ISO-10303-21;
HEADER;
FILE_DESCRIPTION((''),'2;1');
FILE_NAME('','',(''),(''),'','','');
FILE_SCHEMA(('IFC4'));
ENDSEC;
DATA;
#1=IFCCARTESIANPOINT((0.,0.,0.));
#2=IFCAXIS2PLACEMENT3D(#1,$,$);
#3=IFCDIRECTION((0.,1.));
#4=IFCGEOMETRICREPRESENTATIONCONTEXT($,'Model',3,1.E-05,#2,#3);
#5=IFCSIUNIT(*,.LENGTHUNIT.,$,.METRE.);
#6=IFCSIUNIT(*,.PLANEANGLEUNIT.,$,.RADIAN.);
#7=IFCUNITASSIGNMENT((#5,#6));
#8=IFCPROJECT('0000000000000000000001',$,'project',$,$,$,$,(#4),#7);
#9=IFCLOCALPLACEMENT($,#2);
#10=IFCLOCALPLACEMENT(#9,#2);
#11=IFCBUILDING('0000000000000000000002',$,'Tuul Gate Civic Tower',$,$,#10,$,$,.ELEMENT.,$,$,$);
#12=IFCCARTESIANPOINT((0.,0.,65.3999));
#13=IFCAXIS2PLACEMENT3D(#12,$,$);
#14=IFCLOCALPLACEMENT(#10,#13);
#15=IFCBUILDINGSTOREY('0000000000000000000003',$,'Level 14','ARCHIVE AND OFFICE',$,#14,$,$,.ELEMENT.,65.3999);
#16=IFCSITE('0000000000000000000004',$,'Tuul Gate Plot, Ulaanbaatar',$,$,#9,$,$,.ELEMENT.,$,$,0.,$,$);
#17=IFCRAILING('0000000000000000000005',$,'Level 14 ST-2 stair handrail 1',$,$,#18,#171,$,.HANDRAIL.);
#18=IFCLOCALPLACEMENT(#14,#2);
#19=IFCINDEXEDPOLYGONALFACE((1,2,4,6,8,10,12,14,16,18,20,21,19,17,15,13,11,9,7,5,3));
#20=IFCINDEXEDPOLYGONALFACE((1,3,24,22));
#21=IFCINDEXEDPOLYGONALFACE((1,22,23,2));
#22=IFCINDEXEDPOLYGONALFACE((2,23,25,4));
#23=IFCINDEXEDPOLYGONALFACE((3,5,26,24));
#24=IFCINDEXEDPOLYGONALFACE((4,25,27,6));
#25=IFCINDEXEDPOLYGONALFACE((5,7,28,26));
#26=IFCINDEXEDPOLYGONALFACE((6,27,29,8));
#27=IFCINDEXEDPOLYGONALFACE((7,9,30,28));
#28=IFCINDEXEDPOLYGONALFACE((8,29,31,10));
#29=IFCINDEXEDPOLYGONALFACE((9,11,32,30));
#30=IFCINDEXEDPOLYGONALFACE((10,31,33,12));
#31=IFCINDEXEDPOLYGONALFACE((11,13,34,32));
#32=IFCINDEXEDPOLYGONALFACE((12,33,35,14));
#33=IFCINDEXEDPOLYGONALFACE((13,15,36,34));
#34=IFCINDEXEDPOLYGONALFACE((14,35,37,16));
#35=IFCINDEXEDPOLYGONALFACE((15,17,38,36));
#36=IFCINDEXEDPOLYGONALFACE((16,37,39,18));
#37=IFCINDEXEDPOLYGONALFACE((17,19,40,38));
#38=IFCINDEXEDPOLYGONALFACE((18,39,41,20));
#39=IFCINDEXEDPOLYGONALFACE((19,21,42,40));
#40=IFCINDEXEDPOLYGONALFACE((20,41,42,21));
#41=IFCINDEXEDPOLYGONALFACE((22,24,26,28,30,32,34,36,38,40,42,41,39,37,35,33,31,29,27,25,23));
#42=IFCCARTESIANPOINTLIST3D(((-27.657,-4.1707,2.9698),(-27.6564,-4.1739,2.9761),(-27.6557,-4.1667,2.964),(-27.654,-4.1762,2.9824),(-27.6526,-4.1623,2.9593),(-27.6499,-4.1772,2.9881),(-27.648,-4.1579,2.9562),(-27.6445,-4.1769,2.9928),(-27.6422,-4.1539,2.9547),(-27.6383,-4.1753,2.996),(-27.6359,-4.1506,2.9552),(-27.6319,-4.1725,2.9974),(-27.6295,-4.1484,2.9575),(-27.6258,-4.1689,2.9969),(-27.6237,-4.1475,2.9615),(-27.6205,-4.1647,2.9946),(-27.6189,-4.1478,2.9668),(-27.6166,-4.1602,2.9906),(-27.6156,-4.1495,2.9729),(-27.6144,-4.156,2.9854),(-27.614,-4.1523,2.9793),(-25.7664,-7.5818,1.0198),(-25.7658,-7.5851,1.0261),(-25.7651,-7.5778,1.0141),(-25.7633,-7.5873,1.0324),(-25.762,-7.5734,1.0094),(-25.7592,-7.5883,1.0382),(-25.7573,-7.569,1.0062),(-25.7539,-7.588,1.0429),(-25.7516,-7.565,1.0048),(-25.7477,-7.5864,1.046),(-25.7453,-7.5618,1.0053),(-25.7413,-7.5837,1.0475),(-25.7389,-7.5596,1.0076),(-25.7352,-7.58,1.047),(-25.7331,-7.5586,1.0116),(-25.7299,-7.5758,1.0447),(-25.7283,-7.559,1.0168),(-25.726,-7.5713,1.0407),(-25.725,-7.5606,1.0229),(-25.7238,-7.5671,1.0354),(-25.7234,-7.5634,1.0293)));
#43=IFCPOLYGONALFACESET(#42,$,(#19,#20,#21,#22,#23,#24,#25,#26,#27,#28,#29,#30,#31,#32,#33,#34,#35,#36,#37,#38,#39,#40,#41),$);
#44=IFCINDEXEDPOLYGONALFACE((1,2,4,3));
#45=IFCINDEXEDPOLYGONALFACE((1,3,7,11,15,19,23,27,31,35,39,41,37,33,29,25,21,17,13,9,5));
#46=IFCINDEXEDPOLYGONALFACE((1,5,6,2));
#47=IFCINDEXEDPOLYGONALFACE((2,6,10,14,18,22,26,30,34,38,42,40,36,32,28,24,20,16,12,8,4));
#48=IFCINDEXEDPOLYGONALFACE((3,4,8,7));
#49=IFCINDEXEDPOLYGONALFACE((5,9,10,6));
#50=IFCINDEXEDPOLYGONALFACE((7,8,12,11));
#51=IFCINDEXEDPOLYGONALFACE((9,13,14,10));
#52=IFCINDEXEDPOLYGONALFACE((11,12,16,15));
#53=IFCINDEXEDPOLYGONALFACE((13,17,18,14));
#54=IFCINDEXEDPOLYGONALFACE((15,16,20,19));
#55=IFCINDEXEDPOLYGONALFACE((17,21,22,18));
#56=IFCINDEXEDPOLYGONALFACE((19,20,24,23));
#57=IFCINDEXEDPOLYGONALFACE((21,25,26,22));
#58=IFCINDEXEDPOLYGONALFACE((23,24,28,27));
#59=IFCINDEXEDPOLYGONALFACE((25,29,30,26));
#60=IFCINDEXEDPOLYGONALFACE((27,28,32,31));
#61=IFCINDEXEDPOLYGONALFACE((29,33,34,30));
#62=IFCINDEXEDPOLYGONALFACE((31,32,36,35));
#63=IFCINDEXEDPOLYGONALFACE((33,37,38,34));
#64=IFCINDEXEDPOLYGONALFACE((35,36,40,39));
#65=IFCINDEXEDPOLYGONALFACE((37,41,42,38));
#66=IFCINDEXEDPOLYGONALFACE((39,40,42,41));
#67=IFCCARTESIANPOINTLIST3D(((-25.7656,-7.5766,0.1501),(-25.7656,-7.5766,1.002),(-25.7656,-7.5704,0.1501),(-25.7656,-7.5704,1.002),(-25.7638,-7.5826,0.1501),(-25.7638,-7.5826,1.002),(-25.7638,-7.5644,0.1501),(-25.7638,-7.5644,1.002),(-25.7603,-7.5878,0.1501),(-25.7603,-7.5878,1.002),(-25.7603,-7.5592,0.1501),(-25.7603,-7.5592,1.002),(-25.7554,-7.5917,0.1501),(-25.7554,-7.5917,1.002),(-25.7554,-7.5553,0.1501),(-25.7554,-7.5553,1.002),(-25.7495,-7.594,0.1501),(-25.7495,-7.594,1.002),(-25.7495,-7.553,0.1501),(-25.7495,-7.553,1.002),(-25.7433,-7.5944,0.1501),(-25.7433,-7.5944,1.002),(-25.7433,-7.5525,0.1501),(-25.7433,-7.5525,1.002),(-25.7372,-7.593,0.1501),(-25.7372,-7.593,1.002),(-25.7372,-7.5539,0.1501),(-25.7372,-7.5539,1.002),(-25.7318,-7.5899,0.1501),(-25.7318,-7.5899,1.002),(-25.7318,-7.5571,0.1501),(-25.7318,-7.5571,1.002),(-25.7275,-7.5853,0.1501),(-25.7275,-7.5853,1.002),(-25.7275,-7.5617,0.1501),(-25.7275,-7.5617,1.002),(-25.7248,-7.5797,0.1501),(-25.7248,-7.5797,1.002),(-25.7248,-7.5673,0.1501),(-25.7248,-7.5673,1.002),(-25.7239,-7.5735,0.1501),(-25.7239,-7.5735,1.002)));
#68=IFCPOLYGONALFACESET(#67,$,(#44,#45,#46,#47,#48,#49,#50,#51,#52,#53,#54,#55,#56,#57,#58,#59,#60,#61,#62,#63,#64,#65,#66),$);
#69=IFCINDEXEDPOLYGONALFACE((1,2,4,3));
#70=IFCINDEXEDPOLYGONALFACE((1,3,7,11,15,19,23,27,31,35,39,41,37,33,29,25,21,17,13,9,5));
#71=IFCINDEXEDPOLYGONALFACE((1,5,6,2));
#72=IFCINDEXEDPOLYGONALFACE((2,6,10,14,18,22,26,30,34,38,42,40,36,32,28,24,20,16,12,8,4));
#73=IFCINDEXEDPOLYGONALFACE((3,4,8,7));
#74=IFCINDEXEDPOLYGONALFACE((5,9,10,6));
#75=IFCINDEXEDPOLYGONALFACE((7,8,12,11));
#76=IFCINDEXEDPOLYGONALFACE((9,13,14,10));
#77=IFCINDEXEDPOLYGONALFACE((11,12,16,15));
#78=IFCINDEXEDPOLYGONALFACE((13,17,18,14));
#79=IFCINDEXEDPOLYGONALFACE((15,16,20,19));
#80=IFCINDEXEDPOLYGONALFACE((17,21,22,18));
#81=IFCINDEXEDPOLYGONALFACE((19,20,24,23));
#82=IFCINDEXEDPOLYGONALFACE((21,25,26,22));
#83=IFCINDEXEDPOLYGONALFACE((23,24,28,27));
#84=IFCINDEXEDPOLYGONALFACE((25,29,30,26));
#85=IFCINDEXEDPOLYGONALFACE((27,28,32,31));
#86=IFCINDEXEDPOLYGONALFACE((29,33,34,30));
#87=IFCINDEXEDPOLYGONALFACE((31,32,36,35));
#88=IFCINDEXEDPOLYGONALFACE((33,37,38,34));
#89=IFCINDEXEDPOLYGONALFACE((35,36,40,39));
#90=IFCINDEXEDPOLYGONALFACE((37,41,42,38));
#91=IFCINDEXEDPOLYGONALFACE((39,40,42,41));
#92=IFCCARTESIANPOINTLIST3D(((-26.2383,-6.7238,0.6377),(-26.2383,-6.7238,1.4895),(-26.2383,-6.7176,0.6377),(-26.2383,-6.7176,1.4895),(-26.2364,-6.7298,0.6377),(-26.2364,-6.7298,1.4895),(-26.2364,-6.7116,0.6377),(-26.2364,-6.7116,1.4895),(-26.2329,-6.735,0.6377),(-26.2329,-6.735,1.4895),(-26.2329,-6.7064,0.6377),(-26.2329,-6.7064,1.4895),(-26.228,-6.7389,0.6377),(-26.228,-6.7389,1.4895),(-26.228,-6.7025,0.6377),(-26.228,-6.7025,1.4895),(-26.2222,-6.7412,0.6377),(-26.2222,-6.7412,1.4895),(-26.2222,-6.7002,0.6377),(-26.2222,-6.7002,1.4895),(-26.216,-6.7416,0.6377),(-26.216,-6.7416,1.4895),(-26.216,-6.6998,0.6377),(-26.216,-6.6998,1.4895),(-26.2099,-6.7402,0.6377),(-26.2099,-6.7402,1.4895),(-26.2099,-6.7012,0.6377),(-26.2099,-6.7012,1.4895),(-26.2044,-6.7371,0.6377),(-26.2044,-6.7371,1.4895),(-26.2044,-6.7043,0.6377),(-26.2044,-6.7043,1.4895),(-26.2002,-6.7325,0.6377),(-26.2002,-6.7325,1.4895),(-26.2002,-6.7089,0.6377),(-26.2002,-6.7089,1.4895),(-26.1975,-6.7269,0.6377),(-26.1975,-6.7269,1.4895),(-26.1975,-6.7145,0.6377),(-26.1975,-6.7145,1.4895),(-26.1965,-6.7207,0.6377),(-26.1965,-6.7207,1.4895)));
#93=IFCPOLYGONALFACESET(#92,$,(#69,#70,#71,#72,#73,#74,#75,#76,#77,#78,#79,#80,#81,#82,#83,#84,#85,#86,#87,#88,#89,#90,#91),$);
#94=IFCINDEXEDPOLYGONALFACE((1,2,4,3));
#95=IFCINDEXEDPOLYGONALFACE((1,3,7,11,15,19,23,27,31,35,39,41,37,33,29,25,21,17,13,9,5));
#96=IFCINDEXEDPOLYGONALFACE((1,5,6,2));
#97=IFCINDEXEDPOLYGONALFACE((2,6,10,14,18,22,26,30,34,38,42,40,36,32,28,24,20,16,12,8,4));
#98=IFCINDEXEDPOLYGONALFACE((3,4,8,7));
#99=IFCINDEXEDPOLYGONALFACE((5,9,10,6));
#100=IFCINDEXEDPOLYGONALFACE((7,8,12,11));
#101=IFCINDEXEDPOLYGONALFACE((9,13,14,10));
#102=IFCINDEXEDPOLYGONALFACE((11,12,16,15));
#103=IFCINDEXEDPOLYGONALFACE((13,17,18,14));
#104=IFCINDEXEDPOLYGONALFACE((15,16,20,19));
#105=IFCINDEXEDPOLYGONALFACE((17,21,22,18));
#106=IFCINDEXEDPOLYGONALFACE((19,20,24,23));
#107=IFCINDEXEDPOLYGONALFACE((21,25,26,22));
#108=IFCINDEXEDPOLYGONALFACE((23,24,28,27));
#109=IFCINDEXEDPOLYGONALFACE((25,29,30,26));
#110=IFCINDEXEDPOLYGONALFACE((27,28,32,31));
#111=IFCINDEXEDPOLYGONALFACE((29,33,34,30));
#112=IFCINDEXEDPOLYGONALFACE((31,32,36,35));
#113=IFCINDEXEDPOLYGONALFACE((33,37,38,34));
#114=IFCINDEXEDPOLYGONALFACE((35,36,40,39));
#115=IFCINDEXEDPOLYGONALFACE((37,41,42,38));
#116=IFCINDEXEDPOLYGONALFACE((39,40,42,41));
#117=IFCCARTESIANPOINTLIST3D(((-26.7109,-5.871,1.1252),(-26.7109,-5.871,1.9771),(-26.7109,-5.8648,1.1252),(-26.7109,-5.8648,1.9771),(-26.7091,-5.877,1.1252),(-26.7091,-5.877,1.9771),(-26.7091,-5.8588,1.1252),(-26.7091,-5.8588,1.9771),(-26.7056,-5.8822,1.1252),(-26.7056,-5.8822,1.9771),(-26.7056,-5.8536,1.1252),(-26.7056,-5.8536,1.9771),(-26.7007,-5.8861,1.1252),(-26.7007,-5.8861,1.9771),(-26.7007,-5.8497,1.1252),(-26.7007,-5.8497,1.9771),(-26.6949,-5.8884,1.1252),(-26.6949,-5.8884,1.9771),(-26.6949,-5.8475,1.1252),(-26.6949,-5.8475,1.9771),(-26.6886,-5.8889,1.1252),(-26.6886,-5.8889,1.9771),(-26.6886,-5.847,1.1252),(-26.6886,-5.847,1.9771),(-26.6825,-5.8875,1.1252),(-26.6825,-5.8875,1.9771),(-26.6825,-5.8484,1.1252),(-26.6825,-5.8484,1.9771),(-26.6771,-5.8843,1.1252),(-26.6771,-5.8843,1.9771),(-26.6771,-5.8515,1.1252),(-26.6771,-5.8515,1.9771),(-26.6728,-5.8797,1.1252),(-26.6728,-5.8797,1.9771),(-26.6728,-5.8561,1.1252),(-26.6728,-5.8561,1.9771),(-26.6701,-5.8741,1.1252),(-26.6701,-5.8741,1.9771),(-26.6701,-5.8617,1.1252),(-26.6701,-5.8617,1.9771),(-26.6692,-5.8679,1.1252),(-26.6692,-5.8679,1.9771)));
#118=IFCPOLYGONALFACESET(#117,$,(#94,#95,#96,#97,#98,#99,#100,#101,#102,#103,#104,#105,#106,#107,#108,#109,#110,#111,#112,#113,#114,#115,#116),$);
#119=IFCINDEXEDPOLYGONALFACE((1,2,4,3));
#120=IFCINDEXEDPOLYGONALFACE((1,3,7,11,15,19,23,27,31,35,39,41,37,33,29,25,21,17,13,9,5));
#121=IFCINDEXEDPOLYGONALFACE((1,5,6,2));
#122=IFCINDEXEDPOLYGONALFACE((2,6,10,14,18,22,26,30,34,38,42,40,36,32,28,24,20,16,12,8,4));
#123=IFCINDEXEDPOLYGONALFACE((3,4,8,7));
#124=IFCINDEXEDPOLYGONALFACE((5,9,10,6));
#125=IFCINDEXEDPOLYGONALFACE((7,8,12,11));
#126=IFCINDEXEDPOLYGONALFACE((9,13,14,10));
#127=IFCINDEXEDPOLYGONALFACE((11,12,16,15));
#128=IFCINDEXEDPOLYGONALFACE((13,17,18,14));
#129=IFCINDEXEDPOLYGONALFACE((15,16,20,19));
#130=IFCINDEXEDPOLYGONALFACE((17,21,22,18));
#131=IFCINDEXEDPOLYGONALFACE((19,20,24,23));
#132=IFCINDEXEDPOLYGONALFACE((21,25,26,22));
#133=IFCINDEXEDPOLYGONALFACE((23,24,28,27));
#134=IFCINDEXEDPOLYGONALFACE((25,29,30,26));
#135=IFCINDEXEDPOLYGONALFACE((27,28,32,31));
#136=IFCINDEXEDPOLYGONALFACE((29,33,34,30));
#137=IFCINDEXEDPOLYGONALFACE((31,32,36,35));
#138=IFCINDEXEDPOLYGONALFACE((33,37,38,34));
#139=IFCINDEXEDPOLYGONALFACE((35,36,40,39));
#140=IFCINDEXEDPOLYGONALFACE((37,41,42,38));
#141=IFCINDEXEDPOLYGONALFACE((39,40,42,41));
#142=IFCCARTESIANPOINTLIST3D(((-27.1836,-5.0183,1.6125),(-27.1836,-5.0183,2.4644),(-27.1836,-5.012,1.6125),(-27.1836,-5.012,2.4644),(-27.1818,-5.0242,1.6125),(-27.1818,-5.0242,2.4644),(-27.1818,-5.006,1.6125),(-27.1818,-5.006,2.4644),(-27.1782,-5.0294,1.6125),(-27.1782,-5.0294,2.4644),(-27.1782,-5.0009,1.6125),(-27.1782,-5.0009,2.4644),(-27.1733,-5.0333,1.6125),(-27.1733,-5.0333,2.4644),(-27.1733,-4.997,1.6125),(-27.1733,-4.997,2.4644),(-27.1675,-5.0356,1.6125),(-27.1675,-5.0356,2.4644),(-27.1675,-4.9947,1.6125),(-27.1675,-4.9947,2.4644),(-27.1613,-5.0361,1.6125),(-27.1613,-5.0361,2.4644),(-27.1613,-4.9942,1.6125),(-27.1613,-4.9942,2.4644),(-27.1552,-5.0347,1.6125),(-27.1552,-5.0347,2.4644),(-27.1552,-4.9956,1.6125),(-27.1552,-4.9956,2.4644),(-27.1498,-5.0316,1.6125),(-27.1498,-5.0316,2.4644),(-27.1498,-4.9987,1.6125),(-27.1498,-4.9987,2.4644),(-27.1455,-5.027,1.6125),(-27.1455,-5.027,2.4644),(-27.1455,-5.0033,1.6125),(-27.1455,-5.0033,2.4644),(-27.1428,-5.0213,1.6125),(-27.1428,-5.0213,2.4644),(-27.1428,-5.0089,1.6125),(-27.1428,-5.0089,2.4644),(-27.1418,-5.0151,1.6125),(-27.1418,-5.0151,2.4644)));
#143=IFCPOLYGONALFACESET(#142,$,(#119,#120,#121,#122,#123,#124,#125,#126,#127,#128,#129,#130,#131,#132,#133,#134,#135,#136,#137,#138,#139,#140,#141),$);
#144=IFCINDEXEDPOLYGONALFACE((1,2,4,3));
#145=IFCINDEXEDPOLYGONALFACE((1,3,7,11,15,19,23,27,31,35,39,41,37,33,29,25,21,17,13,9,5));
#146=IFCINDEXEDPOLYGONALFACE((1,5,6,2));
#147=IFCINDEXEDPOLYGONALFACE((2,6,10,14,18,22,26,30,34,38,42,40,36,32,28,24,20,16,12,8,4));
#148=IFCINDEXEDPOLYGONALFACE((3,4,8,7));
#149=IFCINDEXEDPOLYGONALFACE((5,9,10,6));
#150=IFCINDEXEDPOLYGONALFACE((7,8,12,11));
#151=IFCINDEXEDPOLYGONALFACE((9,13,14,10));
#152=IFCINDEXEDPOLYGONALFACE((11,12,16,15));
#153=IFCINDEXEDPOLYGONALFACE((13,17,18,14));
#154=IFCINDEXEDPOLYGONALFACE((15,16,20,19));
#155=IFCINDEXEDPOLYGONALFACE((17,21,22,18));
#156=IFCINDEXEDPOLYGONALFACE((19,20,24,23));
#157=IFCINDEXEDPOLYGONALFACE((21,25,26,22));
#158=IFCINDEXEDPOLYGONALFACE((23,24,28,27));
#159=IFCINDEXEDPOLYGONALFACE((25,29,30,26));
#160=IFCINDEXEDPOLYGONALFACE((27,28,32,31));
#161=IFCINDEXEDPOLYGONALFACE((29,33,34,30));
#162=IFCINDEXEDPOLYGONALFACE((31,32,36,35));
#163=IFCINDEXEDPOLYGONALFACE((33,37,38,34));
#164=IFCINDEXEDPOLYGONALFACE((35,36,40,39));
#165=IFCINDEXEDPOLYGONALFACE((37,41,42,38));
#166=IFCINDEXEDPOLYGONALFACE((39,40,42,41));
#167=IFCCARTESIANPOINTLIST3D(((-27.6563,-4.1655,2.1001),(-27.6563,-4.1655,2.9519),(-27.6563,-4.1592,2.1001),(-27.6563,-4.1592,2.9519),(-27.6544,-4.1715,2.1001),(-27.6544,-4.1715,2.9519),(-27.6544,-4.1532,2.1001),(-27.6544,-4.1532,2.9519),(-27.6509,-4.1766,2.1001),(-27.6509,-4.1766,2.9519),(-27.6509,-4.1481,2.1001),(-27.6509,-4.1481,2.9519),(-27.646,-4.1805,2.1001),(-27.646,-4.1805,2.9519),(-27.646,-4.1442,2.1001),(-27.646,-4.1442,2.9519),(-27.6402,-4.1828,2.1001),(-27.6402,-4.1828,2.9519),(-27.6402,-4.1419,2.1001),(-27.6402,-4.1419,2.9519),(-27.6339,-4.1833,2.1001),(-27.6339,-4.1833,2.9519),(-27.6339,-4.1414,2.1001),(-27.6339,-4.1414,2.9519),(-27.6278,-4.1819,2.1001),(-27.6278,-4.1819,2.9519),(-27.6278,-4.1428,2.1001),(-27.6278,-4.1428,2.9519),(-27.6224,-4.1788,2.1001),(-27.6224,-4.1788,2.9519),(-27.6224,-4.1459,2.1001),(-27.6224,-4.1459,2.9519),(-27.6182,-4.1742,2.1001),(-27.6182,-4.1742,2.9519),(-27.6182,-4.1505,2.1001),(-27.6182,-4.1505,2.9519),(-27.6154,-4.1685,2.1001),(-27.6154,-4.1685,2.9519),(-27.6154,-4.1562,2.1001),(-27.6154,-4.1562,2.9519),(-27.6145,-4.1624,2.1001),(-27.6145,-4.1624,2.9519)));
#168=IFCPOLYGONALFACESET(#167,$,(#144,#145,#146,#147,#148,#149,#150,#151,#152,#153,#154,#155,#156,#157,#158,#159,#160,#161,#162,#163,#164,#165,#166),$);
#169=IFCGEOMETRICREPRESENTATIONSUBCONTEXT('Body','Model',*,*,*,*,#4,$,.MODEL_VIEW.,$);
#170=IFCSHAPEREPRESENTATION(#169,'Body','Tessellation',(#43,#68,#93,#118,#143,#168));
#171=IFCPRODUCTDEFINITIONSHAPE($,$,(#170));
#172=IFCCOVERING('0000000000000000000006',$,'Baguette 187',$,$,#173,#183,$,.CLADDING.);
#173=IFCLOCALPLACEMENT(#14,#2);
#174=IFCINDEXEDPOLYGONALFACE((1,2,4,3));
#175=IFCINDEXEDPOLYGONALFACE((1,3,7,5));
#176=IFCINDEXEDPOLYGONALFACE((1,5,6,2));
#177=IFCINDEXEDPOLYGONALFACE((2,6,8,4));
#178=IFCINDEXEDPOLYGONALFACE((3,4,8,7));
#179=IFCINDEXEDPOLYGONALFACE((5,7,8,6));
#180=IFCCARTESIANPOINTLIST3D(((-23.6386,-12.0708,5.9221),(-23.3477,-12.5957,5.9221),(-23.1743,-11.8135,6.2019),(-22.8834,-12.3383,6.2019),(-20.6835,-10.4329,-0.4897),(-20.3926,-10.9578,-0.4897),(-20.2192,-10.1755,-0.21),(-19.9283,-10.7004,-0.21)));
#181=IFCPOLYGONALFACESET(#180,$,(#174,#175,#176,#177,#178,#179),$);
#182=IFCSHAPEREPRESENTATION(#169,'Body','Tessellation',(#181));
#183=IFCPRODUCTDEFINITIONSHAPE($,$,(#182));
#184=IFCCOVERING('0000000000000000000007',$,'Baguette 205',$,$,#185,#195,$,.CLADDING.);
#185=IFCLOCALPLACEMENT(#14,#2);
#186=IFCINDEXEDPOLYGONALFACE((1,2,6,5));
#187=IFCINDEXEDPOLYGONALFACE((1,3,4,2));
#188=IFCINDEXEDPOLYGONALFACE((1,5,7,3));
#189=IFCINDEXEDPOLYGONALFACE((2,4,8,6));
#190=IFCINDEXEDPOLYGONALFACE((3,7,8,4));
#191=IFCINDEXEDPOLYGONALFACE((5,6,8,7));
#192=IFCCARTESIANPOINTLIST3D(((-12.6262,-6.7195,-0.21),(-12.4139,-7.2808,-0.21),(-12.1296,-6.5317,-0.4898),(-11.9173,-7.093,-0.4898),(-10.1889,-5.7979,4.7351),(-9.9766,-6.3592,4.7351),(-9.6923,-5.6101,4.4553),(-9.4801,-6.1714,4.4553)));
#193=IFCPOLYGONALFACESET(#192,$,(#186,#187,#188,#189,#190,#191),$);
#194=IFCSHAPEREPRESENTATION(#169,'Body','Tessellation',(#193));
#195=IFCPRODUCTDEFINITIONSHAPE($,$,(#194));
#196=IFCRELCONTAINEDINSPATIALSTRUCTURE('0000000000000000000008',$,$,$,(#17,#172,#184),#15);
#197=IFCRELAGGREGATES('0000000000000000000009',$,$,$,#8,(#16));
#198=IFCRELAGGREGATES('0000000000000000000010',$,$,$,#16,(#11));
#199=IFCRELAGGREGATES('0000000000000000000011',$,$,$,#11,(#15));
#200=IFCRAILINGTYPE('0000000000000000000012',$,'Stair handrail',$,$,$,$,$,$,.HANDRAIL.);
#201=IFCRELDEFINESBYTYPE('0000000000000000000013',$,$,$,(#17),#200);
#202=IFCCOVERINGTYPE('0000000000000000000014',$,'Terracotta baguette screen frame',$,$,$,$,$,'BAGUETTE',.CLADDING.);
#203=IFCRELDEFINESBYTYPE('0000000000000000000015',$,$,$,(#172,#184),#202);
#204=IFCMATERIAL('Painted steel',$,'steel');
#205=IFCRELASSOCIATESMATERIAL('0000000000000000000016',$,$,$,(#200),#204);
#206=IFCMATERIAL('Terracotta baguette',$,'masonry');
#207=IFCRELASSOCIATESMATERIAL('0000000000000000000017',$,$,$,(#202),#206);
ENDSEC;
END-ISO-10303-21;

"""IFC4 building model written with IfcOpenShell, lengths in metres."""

from ifc_helpers import new_model, si_unit, direction, frame, origin, origin_2d, place, context, subcontext, project, spatial, rectangle, circle, extrude, material, material_profile, profile_set, type_object, element, save


model = new_model("IFC4")

# Units and contexts
model_context = context("Model", 3, precision=1e-05, world=origin(), true_north=direction((0.0, 1.0)))
body_context = subcontext(model_context, "Body", "Model", "MODEL_VIEW")
ifc_project = project(units=[si_unit("LENGTHUNIT", "METRE"), si_unit("PLANEANGLEUNIT", "RADIAN")], contexts=[model_context])

# Site, building, storey
site_placement = place(None, origin())
site = spatial("IfcSite", under=ifc_project, at=site_placement, Name="Tuul Gate Plot, Ulaanbaatar", CompositionType="ELEMENT", RefElevation=0.0)
building_placement = place(site_placement, origin())
building = spatial("IfcBuilding", under=site, at=building_placement, Name="Tuul Gate Civic Tower", CompositionType="ELEMENT")
storey_placement = place(building_placement, frame((0.0, 0.0, 65.3999)))
storey = spatial("IfcBuildingStorey", under=building, at=storey_placement, Name="Level 14", Description="ARCHIVE AND OFFICE", CompositionType="ELEMENT", Elevation=65.3999)

# Railing
ifc_material_1 = material(Name="Painted steel", Category="steel")
railing_type = type_object("IfcRailingType", Name="Stair handrail", PredefinedType="HANDRAIL", material=ifc_material_1)
railing_placement = place(storey_placement, frame((-25.7449, -7.5735, 0.1501)))
element("IfcRailing", 1, at=railing_placement, inside=storey, type_object=railing_type, Name="Level 14 ST-2 stair handrail 1", PredefinedType="HANDRAIL", context=body_context, shape_type="SweptSolid", body=[
    extrude(circle(Radius=0.0239, at=origin_2d()), frame((0.0, 0.0, 0.876), z_axis=(-0.433595, 0.782308, 0.447201), x_axis=(-0.874641, -0.484771, 0.0)), (0.0, 0.0, 1.0), 4.3604),
    extrude(circle(Radius=0.021, at=origin_2d()), origin(), (0.0, 0.0, 1.0), 0.8518),
    extrude(circle(Radius=0.021, at=origin_2d()), frame((-0.4727, 0.8528, 0.4875)), (0.0, 0.0, 1.0), 0.8518),
    extrude(circle(Radius=0.021, at=origin_2d()), frame((-0.9453, 1.7056, 0.9751)), (0.0, 0.0, 1.0), 0.8518),
    extrude(circle(Radius=0.021, at=origin_2d()), frame((-1.418, 2.5583, 1.4624)), (0.0, 0.0, 1.0), 0.8518),
    extrude(circle(Radius=0.021, at=origin_2d()), frame((-1.8906, 3.4111, 1.95)), (0.0, 0.0, 1.0), 0.8518),
])

# Coverings
ifc_material_2 = material(Name="Terracotta baguette", Category="masonry")
ifc_material_profile_1 = material_profile(ifc_material_2, rectangle(XDim=0.6001, YDim=0.6001, at=origin_2d()), Name="Terracotta baguette screen frame")
ifc_profile_set_1 = profile_set([ifc_material_profile_1], Name="Terracotta baguette")
covering_type = type_object("IfcCoveringType", Name="Terracotta baguette screen frame", ElementType="BAGUETTE", PredefinedType="CLADDING", material=ifc_profile_set_1)
covering_1_placement = place(storey_placement, frame((-23.261, -12.2046, 6.062), z_axis=(0.407733, 0.225998, -0.884691), x_axis=(-0.48479, 0.874631, 0.0)))
element("IfcCovering", 2, at=covering_1_placement, inside=storey, type_object=covering_type, Name="Baguette 187", PredefinedType="CLADDING", context=body_context, shape_type="SweptSolid", body=[
    extrude(rectangle(XDim=0.6001, YDim=0.6001, at=origin_2d()), origin(), (0.0, 0.0, 1.0), 7.2476),
])
covering_2_placement = place(storey_placement, frame((-9.8345, -5.9846, 4.5952), z_axis=(-0.436036, -0.164884, -0.884695), x_axis=(0.353699, -0.935359, 0.0)))
element("IfcCovering", 3, at=covering_2_placement, inside=storey, type_object=covering_type, Name="Baguette 205", PredefinedType="CLADDING", context=body_context, shape_type="SweptSolid", body=[
    extrude(rectangle(XDim=0.6001, YDim=0.6001, at=origin_2d()), origin(), (0.0, 0.0, 1.0), 5.5896),
])

save(model, "model.ifc")
